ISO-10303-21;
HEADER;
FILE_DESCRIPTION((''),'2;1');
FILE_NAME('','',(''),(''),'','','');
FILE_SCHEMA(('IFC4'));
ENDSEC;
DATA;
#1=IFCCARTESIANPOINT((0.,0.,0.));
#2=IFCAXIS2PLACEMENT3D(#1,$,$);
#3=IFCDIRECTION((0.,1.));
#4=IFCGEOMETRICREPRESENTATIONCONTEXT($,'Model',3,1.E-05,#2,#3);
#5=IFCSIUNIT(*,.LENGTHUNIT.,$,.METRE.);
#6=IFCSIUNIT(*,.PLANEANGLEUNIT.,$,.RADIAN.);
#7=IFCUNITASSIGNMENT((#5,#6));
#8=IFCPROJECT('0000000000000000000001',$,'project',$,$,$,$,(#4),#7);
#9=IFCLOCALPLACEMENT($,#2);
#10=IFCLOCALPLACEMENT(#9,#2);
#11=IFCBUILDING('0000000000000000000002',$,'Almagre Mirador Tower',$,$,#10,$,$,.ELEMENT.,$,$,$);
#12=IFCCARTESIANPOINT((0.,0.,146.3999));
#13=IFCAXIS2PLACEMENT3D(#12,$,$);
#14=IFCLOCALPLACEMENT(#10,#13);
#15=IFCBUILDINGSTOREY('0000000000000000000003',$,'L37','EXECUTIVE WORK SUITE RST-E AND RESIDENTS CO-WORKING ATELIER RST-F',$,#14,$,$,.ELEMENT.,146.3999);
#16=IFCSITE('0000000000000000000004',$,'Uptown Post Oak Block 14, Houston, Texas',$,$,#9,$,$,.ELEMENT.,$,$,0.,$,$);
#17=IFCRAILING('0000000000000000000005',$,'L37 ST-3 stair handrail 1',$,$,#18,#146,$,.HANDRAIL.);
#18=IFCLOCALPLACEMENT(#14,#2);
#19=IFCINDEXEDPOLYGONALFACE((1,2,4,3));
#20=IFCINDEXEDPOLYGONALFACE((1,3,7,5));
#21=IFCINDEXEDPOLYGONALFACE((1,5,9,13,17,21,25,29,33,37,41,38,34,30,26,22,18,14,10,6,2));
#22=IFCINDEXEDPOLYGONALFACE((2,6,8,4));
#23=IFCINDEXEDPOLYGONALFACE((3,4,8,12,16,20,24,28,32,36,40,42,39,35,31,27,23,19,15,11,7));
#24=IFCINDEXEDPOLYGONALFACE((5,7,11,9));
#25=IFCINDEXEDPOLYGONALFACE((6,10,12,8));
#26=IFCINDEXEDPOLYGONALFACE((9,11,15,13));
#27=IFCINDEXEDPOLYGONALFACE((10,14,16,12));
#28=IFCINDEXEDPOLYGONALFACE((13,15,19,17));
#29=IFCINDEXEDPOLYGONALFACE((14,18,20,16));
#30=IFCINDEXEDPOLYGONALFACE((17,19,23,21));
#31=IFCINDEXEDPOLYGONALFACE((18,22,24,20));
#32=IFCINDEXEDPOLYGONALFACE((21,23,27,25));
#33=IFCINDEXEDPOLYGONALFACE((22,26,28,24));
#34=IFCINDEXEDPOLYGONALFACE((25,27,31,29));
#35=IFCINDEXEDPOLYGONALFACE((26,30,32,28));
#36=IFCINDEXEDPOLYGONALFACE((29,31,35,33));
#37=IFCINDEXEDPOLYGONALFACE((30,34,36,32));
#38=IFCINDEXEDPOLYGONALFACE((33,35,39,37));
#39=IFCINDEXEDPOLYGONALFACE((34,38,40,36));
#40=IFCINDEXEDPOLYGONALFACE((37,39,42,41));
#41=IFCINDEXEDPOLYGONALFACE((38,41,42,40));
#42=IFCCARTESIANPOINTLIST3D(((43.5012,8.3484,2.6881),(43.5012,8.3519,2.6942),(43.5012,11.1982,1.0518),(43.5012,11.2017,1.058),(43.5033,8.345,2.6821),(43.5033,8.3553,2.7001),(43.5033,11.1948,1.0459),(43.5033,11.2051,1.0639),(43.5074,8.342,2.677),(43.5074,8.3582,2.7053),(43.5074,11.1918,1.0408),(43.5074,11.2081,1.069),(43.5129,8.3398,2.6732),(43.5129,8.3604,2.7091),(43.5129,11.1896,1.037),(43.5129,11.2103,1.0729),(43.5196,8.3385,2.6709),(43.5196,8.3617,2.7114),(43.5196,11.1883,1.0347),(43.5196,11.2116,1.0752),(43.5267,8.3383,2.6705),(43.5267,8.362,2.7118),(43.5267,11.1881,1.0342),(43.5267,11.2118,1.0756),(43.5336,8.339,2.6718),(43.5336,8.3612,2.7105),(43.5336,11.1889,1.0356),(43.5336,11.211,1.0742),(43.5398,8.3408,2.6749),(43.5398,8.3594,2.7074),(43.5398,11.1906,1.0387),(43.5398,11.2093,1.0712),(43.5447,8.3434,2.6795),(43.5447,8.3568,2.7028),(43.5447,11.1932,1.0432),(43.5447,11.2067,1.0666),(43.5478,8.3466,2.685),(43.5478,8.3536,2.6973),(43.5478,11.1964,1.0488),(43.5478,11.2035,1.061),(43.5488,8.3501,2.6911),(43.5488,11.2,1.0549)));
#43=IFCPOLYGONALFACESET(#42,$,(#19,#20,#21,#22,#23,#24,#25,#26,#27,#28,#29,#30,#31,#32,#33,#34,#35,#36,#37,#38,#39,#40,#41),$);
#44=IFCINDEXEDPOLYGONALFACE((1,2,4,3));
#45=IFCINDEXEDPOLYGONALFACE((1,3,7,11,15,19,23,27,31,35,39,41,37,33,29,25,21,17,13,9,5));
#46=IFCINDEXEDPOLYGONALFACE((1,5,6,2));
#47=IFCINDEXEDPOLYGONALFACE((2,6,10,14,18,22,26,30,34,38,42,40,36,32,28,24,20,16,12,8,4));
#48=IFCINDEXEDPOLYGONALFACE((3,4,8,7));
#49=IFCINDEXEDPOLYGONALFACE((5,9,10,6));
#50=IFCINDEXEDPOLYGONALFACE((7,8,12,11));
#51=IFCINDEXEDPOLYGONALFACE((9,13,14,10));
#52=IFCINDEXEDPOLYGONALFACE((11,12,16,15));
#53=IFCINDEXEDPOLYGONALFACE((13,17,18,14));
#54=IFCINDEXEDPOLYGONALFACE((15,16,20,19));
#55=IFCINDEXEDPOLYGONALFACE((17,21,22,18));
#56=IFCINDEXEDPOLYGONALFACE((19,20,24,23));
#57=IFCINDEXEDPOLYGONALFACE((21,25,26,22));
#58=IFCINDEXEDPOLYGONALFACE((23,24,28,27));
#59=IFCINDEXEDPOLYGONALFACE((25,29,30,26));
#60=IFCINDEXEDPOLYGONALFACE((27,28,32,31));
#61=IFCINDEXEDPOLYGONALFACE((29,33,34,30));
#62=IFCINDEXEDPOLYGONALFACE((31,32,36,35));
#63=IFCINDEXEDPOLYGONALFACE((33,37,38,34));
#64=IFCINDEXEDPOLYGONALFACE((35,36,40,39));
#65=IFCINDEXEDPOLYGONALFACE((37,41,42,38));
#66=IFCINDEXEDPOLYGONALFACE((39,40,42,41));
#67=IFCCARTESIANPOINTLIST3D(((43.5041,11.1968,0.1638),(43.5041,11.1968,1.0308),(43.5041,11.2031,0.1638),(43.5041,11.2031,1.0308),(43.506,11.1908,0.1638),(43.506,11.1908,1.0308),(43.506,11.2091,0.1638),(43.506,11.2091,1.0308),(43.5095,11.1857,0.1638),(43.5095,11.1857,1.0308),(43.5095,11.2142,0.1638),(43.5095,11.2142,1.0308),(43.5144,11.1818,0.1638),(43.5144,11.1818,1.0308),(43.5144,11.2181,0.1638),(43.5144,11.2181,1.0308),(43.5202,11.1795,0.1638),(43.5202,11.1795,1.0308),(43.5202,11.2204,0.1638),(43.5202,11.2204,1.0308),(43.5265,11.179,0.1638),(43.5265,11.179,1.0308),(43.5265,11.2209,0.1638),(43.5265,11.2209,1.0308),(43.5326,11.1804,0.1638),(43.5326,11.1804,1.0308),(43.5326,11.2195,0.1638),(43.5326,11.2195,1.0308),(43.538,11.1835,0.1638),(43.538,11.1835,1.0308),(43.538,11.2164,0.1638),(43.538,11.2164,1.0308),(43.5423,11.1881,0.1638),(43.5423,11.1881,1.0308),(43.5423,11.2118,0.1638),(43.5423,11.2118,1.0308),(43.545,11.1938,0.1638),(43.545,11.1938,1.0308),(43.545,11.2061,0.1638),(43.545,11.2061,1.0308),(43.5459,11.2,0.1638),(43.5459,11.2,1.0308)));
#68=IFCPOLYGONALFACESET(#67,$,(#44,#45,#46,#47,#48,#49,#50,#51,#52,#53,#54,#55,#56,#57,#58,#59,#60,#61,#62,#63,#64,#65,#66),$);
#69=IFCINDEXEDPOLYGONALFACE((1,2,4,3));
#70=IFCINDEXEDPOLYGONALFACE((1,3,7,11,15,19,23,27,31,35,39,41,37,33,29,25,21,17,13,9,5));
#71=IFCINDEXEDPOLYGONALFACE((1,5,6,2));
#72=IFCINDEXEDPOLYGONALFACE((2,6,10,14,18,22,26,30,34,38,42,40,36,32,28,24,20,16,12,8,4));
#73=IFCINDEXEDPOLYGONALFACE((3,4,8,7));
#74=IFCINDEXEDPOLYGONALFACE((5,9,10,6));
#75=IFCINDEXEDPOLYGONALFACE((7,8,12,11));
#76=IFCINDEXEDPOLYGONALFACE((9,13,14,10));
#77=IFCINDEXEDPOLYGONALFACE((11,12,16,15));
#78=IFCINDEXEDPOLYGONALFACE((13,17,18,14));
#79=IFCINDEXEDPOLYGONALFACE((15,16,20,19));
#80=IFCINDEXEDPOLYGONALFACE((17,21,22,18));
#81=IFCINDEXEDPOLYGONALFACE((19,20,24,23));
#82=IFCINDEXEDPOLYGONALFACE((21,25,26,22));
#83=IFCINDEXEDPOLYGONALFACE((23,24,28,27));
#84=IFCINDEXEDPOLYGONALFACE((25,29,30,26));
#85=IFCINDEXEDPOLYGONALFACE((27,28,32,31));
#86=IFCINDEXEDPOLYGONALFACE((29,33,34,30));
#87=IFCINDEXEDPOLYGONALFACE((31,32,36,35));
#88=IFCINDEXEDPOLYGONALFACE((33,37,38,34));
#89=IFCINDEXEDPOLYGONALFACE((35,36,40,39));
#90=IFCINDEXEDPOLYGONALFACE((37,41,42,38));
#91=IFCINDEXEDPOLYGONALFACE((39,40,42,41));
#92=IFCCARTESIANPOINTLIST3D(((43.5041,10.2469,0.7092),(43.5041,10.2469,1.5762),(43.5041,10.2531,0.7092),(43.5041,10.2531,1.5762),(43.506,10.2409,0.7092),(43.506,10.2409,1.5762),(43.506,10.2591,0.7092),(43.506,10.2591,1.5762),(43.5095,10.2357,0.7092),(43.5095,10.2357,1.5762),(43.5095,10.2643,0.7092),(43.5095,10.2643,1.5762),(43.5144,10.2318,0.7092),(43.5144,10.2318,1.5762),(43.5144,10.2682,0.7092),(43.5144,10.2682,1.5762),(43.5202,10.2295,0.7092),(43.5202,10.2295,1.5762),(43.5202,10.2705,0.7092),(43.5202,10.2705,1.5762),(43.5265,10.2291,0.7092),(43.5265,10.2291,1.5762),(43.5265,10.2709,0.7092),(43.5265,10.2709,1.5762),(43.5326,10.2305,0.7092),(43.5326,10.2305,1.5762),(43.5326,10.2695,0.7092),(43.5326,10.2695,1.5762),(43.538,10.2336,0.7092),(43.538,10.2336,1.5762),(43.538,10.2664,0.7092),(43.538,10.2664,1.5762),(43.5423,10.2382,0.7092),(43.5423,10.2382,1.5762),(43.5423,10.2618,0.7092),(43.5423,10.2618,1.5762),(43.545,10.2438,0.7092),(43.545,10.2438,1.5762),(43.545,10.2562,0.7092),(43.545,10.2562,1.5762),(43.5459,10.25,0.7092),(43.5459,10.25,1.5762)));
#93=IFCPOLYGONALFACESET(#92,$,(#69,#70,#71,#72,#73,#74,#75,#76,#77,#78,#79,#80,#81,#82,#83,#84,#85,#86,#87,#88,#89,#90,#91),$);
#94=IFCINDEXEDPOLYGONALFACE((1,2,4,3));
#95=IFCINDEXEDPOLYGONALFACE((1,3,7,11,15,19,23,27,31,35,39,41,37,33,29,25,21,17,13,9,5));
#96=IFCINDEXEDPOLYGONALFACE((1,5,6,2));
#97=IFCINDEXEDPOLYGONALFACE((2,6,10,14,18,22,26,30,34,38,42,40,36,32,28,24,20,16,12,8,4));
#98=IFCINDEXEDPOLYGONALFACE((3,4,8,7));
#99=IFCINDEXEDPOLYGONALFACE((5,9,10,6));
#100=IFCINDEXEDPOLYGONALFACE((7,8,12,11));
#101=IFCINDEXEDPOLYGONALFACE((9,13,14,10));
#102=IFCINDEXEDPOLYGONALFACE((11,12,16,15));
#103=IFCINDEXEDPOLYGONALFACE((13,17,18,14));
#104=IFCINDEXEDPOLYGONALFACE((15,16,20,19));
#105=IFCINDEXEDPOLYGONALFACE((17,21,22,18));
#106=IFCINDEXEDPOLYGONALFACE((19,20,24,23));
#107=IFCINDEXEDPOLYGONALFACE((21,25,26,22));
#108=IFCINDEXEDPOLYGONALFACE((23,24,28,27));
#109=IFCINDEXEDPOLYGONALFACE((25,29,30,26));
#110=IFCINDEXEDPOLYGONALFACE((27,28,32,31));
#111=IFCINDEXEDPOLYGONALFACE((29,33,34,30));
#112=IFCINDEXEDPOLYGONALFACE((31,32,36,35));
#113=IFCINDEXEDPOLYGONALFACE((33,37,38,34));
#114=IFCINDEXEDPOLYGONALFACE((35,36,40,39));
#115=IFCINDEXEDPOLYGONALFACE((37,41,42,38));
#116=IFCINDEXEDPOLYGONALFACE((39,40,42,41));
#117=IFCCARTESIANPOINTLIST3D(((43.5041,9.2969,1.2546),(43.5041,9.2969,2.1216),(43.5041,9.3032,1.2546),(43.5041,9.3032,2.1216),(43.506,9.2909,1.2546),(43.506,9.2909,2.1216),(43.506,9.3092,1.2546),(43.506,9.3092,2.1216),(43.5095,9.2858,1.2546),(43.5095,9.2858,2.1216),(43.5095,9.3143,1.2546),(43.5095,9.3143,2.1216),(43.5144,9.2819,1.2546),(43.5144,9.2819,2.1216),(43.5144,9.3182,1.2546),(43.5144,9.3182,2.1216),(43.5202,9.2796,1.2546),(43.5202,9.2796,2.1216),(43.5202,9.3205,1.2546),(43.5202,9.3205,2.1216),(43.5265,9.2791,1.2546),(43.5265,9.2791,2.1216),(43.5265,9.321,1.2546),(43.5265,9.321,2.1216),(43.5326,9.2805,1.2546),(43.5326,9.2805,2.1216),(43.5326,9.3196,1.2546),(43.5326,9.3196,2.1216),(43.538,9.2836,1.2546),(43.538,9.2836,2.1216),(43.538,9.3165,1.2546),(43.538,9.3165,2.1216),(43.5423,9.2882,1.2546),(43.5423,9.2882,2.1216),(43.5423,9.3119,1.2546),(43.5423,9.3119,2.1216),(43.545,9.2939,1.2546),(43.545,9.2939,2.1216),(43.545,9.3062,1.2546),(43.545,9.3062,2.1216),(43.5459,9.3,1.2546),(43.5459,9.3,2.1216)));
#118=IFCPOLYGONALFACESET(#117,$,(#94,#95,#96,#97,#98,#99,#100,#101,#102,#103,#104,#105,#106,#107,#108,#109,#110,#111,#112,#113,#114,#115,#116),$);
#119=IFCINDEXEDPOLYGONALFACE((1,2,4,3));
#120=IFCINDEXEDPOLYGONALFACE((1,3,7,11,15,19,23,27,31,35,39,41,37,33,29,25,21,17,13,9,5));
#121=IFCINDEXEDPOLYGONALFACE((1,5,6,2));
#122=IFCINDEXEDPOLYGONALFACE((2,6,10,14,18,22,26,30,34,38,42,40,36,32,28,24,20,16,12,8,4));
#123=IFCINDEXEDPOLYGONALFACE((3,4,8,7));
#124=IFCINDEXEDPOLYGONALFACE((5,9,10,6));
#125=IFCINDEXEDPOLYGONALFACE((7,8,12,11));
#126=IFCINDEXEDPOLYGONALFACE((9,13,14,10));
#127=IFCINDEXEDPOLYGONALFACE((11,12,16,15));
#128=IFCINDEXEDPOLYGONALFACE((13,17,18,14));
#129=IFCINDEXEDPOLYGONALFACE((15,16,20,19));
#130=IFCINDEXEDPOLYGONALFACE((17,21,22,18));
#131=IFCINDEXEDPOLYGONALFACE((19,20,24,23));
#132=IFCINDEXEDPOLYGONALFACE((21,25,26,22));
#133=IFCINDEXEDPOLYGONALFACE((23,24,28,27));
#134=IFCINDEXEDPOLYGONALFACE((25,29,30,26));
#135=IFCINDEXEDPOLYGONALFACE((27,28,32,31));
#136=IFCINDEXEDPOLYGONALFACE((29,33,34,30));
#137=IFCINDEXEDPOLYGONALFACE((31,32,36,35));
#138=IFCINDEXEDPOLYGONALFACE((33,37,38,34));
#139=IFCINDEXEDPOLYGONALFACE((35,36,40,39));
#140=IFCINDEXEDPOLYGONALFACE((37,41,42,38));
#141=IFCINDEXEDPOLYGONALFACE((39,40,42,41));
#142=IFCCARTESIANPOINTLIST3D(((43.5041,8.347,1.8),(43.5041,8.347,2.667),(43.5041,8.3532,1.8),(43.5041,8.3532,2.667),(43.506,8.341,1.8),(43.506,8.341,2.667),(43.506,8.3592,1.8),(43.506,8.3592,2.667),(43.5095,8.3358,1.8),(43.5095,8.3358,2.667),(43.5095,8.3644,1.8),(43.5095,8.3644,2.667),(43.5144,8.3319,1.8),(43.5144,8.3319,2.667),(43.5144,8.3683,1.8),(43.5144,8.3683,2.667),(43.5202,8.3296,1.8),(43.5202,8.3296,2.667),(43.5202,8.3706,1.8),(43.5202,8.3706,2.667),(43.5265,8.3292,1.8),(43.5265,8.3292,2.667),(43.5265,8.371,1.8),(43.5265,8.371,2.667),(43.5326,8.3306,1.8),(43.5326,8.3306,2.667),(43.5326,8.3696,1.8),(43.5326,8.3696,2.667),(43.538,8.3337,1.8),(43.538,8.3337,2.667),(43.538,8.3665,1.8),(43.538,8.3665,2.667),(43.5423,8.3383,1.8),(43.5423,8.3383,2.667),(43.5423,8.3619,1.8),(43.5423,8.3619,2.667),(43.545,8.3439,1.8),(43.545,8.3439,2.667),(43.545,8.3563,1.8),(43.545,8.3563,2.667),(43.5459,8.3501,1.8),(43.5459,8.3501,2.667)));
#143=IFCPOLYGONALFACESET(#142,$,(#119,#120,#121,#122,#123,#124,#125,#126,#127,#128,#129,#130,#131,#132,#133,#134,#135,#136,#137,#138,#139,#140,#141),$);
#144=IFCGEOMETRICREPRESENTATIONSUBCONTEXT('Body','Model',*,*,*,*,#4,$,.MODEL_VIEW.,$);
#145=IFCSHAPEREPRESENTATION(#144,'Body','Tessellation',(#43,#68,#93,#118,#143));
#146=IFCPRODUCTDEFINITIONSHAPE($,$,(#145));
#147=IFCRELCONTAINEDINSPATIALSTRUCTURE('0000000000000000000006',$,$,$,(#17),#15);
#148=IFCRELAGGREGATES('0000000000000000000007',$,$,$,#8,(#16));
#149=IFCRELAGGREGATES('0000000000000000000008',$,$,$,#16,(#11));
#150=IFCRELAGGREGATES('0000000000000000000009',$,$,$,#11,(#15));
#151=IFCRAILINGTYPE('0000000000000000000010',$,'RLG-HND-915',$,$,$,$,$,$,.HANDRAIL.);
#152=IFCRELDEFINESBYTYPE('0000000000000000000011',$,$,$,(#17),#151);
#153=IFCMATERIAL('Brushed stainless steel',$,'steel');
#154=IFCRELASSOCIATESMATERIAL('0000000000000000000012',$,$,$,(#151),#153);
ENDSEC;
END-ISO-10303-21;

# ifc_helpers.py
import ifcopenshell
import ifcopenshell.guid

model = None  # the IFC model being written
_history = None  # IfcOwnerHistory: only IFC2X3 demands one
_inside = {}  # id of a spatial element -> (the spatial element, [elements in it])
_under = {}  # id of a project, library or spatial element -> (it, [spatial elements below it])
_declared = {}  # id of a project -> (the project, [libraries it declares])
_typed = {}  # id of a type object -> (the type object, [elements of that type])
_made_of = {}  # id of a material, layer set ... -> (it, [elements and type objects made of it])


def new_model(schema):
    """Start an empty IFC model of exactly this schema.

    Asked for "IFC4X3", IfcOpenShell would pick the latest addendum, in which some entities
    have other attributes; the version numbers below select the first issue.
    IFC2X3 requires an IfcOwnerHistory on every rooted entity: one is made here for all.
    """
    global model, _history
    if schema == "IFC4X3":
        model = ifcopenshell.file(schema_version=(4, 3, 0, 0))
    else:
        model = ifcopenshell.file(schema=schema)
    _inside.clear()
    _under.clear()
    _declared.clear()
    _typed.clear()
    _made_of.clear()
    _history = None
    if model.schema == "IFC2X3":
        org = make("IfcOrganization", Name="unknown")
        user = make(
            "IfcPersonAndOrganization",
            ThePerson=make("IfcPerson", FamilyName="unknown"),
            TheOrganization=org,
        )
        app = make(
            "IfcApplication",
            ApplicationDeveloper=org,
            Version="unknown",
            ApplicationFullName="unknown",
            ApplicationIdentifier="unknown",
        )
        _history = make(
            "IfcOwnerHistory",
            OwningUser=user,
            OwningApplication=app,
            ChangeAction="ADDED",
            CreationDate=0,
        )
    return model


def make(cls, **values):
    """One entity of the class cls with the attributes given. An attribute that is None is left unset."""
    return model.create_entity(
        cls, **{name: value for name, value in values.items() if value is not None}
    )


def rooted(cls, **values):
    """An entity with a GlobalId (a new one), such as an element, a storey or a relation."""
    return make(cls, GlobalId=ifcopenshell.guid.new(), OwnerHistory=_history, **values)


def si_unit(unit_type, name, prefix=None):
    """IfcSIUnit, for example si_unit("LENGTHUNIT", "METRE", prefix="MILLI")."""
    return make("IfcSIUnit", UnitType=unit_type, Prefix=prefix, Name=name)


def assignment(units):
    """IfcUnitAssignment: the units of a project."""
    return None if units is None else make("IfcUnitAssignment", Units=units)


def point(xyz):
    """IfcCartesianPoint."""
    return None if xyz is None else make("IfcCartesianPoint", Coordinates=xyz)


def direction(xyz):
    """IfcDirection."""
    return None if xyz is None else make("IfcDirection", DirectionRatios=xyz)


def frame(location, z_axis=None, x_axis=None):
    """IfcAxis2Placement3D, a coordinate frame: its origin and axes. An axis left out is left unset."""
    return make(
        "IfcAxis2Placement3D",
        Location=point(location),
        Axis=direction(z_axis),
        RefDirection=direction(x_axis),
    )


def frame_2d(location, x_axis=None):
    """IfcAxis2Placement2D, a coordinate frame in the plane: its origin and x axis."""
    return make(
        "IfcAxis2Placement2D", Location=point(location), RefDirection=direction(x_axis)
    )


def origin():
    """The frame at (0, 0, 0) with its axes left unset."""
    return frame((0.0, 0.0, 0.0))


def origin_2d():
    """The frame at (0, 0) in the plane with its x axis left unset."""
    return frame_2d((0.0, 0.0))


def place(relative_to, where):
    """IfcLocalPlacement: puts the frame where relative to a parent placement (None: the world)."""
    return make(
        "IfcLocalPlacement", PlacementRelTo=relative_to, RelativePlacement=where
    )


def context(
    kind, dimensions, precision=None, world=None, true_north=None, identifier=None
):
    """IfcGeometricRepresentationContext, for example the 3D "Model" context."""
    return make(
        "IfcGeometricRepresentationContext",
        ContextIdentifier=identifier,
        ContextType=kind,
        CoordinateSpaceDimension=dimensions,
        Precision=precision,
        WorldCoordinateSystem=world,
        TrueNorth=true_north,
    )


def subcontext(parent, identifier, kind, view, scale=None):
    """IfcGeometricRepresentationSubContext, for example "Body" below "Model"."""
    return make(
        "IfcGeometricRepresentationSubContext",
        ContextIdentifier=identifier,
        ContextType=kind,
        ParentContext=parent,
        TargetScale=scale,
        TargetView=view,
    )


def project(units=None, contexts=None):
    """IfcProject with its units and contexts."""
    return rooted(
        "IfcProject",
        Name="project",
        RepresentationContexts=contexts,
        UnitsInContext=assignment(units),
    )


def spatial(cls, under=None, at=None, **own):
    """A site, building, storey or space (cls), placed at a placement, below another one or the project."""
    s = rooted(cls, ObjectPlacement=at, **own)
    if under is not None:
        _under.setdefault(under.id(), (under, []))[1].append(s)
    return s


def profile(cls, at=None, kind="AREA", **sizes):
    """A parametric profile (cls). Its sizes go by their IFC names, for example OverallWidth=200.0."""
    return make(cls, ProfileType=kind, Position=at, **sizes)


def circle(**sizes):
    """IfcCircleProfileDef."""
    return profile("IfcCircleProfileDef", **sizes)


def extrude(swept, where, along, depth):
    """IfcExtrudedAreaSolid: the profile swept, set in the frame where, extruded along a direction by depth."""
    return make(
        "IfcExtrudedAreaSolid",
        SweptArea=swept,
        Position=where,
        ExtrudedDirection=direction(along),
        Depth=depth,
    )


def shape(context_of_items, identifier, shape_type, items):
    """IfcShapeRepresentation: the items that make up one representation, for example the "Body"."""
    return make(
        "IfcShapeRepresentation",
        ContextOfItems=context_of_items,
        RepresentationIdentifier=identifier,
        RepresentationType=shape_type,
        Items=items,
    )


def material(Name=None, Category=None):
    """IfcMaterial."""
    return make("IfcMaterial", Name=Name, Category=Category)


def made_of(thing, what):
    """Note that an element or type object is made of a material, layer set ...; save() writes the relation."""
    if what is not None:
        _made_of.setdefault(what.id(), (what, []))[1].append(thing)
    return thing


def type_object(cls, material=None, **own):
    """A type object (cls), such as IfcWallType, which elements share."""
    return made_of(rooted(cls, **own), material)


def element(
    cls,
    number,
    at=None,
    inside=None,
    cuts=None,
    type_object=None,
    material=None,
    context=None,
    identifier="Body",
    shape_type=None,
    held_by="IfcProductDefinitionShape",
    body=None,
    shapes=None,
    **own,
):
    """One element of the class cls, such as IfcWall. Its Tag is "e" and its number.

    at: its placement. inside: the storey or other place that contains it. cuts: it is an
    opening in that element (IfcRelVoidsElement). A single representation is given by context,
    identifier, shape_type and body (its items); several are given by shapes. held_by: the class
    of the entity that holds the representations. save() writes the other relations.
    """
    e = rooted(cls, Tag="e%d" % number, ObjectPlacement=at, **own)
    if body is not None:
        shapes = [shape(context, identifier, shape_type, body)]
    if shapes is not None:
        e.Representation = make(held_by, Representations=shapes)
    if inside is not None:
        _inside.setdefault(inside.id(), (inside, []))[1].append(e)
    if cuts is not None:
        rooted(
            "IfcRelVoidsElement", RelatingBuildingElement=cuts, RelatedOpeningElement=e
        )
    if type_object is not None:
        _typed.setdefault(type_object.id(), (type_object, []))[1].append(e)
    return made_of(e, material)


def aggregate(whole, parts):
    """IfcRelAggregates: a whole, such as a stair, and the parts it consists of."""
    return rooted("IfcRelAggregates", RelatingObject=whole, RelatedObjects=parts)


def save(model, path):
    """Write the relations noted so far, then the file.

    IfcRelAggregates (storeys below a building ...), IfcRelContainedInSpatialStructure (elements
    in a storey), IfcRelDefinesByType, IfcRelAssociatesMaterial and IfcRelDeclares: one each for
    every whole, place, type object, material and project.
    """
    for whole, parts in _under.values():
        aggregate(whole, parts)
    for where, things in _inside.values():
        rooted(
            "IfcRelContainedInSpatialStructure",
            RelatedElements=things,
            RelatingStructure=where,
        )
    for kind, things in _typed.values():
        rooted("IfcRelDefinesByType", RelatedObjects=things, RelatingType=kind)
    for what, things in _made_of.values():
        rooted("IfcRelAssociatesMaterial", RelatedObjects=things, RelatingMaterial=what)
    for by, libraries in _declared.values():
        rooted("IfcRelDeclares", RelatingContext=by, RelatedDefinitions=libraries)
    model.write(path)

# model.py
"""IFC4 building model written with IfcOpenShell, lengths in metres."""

from ifc_helpers import new_model, si_unit, direction, frame, origin, origin_2d, place, context, subcontext, project, spatial, circle, extrude, material, type_object, element, save


model = new_model("IFC4")

# Units and contexts
model_context = context("Model", 3, precision=1e-05, world=origin(), true_north=direction((0.0, 1.0)))
body_context = subcontext(model_context, "Body", "Model", "MODEL_VIEW")
ifc_project = project(units=[si_unit("LENGTHUNIT", "METRE"), si_unit("PLANEANGLEUNIT", "RADIAN")], contexts=[model_context])

# Site, building, storey
site_placement = place(None, origin())
site = spatial("IfcSite", under=ifc_project, at=site_placement, Name="Uptown Post Oak Block 14, Houston, Texas", CompositionType="ELEMENT", RefElevation=0.0)
building_placement = place(site_placement, origin())
building = spatial("IfcBuilding", under=site, at=building_placement, Name="Almagre Mirador Tower", CompositionType="ELEMENT")
storey_placement = place(building_placement, frame((0.0, 0.0, 146.3999)))
storey = spatial("IfcBuildingStorey", under=building, at=storey_placement, Name="L37", Description="EXECUTIVE WORK SUITE RST-E AND RESIDENTS CO-WORKING ATELIER RST-F", CompositionType="ELEMENT", Elevation=146.3999)

# Railing
ifc_material_1 = material(Name="Brushed stainless steel", Category="steel")
railing_type_1 = type_object("IfcRailingType", Name="RLG-HND-915", PredefinedType="HANDRAIL", material=ifc_material_1)
railing_1_placement = place(storey_placement, frame((43.5249, 11.2, 0.1638)))
element("IfcRailing", 1, at=railing_1_placement, inside=storey, type_object=railing_type_1, Name="L37 ST-3 stair handrail 1", PredefinedType="HANDRAIL", context=body_context, shape_type="SweptSolid", body=[
    extrude(circle(Radius=0.0239, at=origin_2d()), frame((0.0, 0.0, 0.8911), z_axis=(0.0, -0.867226, 0.497914), x_axis=(1.0, 0.0, 0.0)), (0.0, 0.0, 1.0), 3.2861),
    extrude(circle(Radius=0.021, at=origin_2d()), origin(), (0.0, 0.0, 1.0), 0.8669),
    extrude(circle(Radius=0.021, at=origin_2d()), frame((0.0, -0.95, 0.5454)), (0.0, 0.0, 1.0), 0.8669),
    extrude(circle(Radius=0.021, at=origin_2d()), frame((0.0, -1.8999, 1.0908)), (0.0, 0.0, 1.0), 0.8669),
    extrude(circle(Radius=0.021, at=origin_2d()), frame((0.0, -2.8499, 1.6362)), (0.0, 0.0, 1.0), 0.8669),
])

save(model, "model.ifc")
